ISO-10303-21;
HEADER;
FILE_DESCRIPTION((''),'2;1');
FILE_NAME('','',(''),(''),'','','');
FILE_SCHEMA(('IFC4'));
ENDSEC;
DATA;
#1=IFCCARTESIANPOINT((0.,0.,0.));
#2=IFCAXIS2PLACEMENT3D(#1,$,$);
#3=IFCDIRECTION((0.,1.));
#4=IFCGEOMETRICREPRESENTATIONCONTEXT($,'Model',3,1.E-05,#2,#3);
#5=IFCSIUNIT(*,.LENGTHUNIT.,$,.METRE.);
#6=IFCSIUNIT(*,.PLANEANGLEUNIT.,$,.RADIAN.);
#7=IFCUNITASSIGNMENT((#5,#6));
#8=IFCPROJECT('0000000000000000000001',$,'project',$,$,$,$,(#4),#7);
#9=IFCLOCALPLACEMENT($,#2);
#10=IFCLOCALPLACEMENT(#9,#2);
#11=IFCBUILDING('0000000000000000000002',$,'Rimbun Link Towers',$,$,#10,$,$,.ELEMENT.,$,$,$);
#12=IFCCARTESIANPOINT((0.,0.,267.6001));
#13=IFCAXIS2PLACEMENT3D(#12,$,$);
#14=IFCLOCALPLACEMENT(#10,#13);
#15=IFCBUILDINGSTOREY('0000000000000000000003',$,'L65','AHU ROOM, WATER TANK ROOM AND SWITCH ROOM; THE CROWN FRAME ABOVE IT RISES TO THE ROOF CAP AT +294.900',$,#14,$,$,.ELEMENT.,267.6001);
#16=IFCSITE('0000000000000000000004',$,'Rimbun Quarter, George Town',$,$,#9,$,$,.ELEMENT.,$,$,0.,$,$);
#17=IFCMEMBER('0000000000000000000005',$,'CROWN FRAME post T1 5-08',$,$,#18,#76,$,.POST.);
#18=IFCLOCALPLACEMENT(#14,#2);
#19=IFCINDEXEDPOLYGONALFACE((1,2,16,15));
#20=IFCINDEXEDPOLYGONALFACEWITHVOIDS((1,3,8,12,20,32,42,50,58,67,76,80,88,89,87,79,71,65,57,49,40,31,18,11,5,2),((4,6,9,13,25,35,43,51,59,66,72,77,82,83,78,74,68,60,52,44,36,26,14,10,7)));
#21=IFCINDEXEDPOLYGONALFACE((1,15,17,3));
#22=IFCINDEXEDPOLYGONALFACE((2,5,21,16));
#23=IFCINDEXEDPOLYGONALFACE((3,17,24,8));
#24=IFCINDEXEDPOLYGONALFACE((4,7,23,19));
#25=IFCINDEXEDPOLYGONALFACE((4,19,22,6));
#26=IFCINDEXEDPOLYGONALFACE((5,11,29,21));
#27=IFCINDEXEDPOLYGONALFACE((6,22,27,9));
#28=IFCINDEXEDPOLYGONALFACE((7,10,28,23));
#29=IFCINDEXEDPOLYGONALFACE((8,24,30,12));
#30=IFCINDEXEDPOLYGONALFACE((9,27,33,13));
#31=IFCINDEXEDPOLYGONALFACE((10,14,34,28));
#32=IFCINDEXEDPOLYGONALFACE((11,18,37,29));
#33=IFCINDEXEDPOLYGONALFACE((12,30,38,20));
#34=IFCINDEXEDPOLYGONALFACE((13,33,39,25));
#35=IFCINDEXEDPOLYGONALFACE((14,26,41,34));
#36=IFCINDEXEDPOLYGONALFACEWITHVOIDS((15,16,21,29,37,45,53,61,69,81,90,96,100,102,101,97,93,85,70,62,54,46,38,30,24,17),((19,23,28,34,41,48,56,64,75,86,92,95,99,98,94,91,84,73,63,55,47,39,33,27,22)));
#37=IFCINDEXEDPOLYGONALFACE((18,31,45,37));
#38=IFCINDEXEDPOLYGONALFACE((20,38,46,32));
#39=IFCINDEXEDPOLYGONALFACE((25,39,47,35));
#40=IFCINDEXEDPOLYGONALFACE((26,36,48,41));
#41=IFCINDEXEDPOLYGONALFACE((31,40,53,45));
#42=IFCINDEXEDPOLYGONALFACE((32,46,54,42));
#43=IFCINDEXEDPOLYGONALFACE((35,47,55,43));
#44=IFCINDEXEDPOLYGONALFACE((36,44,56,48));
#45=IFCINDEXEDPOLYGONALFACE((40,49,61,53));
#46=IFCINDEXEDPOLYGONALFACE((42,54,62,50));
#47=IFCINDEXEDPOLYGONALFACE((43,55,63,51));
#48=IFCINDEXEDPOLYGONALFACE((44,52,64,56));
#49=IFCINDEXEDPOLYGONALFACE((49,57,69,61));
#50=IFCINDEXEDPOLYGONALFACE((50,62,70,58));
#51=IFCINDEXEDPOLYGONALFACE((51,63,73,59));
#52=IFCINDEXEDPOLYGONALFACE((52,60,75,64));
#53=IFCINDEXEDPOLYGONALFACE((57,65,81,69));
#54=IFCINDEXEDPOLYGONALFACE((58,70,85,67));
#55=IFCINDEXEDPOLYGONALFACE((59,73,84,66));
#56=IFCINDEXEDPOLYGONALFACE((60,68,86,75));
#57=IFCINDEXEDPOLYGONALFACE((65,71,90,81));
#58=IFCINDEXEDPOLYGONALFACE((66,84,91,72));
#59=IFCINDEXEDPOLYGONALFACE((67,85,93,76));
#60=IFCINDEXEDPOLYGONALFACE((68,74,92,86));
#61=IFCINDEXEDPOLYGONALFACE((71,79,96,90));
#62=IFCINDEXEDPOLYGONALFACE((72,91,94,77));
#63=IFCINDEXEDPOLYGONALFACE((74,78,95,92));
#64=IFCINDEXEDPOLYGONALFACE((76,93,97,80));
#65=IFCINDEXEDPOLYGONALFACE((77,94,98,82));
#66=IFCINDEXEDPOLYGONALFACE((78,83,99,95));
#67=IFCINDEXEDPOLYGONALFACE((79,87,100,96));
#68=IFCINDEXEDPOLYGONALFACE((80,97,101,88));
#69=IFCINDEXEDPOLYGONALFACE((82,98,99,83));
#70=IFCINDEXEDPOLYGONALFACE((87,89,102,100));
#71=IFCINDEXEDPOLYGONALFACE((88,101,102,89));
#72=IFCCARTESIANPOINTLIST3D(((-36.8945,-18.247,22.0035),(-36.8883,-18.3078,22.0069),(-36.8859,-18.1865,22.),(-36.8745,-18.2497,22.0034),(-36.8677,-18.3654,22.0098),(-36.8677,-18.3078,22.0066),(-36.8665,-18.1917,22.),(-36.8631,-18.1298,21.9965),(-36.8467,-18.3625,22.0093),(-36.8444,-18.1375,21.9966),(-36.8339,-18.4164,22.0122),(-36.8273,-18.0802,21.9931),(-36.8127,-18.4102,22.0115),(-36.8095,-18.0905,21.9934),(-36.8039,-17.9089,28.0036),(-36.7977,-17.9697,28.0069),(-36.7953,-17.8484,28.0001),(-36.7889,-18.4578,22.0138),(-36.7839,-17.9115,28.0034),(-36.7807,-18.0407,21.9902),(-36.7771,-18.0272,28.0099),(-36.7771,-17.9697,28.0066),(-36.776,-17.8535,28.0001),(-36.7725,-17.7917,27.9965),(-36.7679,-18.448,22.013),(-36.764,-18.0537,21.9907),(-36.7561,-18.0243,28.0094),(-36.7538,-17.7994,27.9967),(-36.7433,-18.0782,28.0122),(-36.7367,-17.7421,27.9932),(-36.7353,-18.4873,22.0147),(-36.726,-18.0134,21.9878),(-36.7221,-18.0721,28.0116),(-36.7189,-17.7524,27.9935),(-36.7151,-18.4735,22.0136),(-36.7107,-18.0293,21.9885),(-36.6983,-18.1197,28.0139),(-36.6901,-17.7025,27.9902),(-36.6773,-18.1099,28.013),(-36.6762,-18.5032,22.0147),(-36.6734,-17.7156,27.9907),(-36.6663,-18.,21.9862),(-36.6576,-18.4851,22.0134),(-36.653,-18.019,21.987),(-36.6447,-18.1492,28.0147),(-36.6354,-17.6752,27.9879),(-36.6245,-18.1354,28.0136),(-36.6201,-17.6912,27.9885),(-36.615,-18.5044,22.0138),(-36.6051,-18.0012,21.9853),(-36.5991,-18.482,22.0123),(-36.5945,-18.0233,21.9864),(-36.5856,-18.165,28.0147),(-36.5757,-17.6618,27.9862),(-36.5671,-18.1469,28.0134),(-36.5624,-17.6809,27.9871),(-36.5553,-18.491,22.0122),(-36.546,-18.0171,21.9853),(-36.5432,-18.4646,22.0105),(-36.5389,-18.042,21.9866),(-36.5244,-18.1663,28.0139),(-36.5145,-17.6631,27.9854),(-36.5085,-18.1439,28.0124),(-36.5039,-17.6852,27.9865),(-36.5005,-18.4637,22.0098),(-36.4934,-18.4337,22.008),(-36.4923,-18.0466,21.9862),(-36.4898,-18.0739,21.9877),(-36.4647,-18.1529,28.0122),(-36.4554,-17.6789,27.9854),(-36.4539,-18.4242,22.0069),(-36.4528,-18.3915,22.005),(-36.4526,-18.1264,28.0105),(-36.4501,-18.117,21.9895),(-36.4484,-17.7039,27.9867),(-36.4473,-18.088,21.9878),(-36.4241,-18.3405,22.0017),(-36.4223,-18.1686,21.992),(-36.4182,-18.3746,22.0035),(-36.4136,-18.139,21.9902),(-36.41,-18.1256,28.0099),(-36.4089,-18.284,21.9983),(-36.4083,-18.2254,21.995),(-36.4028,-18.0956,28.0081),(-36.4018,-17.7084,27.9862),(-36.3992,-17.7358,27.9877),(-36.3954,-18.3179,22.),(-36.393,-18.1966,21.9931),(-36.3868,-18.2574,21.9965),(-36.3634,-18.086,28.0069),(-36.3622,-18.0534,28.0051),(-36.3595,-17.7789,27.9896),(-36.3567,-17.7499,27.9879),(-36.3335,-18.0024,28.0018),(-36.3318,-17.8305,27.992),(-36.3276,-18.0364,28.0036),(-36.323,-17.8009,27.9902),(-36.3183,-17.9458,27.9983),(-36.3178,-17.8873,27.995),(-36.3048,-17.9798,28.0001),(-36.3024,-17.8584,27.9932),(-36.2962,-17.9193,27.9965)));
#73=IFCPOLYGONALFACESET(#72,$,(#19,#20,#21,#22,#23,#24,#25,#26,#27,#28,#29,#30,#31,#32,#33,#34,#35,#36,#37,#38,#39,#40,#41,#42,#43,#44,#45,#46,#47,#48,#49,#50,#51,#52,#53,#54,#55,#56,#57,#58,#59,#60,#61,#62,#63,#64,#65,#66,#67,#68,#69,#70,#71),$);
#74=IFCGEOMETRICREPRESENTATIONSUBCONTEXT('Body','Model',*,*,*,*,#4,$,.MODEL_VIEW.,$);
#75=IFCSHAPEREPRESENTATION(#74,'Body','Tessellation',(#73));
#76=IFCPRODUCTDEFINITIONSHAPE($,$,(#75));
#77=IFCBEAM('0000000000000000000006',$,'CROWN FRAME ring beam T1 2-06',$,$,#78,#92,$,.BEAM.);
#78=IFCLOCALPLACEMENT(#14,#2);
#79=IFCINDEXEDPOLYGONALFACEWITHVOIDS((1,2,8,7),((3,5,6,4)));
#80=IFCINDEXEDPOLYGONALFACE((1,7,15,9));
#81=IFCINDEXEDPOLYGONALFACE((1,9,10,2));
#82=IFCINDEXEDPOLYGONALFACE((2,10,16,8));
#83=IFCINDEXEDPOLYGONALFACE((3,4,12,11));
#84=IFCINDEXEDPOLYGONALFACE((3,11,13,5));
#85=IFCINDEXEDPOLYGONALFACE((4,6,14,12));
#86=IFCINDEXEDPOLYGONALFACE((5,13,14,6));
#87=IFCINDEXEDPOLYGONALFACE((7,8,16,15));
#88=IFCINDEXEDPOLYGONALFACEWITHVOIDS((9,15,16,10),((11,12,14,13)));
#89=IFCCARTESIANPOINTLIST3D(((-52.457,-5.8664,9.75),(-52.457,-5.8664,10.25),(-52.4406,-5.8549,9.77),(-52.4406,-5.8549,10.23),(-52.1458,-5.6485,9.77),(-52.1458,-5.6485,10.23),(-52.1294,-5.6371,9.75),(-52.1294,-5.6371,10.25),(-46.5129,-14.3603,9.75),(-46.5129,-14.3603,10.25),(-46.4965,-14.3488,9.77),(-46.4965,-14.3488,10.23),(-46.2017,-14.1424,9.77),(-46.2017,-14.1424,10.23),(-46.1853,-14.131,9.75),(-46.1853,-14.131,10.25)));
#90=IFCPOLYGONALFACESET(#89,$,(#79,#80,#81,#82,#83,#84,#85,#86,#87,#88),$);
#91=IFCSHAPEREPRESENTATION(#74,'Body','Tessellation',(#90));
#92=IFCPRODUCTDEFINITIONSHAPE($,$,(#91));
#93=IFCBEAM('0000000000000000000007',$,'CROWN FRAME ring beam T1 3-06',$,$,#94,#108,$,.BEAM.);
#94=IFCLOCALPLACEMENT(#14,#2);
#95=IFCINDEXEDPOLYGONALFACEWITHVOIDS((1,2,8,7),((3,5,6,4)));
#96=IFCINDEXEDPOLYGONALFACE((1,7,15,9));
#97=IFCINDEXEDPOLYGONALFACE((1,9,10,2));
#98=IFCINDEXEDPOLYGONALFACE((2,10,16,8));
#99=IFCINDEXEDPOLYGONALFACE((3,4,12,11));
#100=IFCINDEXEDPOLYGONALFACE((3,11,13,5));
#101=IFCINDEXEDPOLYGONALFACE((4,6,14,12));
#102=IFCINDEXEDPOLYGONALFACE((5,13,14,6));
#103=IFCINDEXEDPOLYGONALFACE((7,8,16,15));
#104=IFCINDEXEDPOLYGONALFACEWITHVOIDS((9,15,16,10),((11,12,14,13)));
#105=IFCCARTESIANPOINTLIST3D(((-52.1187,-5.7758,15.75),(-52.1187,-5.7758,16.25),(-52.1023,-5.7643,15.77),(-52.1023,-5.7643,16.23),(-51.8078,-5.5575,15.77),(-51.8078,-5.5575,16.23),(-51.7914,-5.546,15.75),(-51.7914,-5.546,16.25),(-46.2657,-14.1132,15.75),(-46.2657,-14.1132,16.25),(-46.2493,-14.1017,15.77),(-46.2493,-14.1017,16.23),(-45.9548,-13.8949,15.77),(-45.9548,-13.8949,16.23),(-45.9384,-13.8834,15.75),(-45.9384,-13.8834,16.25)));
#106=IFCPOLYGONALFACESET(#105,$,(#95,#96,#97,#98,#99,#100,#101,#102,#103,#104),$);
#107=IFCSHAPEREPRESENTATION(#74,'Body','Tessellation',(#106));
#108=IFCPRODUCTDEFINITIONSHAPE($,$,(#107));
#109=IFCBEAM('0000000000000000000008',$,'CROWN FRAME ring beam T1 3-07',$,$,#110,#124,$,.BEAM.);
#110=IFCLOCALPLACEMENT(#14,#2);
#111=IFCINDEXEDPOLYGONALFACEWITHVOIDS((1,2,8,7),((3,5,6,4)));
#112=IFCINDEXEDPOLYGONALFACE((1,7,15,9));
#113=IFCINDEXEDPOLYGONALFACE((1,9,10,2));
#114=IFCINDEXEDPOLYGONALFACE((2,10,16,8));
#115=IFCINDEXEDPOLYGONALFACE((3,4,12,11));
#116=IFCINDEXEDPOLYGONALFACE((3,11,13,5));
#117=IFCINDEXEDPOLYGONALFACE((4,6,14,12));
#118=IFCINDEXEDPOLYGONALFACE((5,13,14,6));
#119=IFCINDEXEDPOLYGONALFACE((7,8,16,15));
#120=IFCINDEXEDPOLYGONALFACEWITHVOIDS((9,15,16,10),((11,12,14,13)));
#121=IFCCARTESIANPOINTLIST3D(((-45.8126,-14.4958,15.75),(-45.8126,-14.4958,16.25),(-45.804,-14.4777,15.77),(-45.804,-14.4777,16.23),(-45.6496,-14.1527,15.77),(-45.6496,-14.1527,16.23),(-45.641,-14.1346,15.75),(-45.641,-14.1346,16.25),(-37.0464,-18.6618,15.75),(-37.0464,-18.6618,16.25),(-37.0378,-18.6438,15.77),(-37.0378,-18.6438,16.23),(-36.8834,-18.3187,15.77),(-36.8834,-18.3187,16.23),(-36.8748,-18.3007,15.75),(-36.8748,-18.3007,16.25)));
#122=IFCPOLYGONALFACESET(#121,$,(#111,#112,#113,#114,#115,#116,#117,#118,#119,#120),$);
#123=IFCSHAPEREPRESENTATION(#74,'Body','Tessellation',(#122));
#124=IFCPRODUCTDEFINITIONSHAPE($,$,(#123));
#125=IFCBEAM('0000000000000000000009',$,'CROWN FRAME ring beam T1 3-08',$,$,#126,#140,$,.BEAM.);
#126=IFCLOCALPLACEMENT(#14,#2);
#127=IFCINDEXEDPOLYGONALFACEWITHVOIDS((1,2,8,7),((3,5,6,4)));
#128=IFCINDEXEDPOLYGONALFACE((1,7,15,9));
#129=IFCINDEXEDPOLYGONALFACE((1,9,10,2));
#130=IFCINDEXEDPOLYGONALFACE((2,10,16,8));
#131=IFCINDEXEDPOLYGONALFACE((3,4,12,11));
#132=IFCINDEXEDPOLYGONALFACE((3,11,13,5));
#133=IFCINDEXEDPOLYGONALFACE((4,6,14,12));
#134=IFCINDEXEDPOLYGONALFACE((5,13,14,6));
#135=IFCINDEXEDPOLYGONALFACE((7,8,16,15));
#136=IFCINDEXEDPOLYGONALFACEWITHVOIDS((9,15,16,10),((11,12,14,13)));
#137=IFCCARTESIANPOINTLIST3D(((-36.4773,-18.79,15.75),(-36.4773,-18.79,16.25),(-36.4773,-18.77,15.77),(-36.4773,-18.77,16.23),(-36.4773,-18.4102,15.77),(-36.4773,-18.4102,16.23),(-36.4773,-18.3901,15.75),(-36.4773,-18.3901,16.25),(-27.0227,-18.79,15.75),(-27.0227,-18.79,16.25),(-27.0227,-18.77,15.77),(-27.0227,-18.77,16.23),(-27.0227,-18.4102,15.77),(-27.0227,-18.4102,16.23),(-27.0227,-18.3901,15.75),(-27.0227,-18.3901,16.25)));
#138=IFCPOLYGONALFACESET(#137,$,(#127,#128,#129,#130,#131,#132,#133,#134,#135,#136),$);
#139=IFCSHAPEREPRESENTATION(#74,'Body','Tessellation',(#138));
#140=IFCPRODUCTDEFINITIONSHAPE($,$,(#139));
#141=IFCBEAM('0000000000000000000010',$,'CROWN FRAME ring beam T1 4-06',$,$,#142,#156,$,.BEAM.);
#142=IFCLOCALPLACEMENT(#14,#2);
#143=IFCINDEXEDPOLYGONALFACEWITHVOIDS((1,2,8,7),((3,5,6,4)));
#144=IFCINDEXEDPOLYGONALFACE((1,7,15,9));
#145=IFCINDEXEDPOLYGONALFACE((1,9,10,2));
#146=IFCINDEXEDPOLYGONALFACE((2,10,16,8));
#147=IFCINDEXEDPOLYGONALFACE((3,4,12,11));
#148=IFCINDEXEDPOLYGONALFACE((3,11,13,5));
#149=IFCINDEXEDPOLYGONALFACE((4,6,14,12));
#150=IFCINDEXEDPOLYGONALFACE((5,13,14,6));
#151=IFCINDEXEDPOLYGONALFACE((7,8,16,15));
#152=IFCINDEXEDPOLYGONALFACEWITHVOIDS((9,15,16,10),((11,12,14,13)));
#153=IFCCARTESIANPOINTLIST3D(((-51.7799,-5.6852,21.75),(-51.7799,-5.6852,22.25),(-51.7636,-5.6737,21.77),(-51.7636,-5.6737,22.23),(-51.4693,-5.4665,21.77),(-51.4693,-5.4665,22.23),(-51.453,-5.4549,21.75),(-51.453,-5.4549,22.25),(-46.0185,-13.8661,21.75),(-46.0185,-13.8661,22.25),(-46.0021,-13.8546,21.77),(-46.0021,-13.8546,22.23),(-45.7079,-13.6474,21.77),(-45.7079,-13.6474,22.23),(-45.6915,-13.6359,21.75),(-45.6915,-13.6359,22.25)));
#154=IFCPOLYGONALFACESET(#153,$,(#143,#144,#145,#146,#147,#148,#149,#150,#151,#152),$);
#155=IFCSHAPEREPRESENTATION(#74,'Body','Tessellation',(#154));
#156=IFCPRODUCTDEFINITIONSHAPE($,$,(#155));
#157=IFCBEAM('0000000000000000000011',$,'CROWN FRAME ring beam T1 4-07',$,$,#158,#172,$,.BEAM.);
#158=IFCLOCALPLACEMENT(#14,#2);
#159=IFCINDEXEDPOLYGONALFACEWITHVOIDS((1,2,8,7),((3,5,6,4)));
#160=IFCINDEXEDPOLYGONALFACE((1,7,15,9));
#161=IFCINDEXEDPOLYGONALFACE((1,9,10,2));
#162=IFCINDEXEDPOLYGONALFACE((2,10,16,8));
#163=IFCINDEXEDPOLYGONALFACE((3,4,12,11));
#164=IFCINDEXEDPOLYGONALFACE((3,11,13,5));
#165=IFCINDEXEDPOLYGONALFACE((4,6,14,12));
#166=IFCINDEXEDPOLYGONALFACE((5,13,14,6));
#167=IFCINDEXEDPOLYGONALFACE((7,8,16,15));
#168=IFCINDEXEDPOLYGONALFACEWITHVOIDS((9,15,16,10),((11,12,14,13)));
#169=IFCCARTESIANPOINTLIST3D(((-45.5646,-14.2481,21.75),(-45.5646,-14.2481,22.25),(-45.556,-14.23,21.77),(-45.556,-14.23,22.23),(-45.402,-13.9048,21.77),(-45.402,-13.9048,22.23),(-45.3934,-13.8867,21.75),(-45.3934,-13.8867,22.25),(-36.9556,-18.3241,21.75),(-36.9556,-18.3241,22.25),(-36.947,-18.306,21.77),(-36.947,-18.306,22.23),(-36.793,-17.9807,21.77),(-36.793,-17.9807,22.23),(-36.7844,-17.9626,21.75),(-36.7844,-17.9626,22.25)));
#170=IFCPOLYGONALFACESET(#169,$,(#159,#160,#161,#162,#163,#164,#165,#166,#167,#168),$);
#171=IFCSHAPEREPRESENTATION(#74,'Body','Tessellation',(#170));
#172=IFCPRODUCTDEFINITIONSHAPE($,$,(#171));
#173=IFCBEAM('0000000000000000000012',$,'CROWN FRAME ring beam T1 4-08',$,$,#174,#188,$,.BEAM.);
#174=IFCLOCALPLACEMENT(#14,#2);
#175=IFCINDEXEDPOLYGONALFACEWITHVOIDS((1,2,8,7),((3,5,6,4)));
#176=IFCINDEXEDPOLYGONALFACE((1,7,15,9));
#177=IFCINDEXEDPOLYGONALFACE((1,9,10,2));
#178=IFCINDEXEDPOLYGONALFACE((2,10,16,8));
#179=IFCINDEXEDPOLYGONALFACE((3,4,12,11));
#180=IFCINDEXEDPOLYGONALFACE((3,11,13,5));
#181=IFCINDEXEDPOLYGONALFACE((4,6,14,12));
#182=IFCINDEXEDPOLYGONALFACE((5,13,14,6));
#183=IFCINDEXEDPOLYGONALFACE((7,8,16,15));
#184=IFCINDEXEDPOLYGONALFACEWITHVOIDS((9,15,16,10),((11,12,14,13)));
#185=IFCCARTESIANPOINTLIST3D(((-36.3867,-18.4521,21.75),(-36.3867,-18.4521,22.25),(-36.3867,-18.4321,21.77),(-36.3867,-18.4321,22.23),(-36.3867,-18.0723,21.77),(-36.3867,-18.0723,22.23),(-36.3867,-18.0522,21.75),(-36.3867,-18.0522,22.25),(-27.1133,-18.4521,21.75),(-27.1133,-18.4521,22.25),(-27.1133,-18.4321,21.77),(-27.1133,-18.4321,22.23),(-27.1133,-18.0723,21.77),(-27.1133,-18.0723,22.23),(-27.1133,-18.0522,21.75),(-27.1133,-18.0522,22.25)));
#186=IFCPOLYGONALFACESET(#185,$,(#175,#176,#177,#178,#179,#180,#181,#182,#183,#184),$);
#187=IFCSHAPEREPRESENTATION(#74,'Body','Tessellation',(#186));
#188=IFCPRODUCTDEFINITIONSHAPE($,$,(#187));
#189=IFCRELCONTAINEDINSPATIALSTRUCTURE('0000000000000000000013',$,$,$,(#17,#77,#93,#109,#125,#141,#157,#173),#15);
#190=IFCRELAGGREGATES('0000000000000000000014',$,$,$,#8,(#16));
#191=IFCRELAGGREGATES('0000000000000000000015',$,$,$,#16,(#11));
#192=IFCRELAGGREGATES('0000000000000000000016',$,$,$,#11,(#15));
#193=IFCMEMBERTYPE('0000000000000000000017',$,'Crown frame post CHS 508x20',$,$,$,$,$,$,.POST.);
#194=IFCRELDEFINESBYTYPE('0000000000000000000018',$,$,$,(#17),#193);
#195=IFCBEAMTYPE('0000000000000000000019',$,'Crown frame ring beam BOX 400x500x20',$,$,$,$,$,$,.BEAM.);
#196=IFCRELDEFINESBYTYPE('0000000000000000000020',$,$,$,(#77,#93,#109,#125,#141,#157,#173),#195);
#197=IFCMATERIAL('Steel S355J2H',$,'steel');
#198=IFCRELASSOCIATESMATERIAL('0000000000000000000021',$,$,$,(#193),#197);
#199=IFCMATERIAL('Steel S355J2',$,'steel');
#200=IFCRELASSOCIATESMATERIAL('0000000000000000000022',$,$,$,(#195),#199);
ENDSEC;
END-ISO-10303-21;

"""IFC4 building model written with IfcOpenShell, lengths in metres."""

from ifc_helpers import new_model, si_unit, direction, frame, origin, origin_2d, place, context, subcontext, project, spatial, hollow_rectangle, hollow_circle, extrude, material, material_profile, profile_set, type_object, element, save


model = new_model("IFC4")

# Units and contexts
model_context = context("Model", 3, precision=1e-05, world=origin(), true_north=direction((0.0, 1.0)))
body_context = subcontext(model_context, "Body", "Model", "MODEL_VIEW")
ifc_project = project(units=[si_unit("LENGTHUNIT", "METRE"), si_unit("PLANEANGLEUNIT", "RADIAN")], contexts=[model_context])

# Site, building, storey
site_placement = place(None, origin())
site = spatial("IfcSite", under=ifc_project, at=site_placement, Name="Rimbun Quarter, George Town", CompositionType="ELEMENT", RefElevation=0.0)
building_placement = place(site_placement, origin())
building = spatial("IfcBuilding", under=site, at=building_placement, Name="Rimbun Link Towers", CompositionType="ELEMENT")
storey_placement = place(building_placement, frame((0.0, 0.0, 267.6001)))
storey = spatial("IfcBuildingStorey", under=building, at=storey_placement, Name="L65", Description="AHU ROOM, WATER TANK ROOM AND SWITCH ROOM; THE CROWN FRAME ABOVE IT RISES TO THE ROOF CAP AT +294.900", CompositionType="ELEMENT", Elevation=267.6001)

# Member
ifc_material_1 = material(Name="Steel S355J2H", Category="steel")
ifc_material_profile_1 = material_profile(ifc_material_1, hollow_circle(Radius=0.2539, WallThickness=0.02, at=origin_2d()), Name="Crown frame post CHS 508x20")
ifc_profile_set_1 = profile_set([ifc_material_profile_1], Name="Steel S355J2H")
member_type_1 = type_object("IfcMemberType", Name="Crown frame post CHS 508x20", PredefinedType="POST", material=ifc_profile_set_1)
for number, where, z_axis, x_axis, name in (
    (1, (-36.6406, -18.2522, 22.0), (0.01507, 0.05626, 0.998302), (-0.965945, 0.258748, 0.0), "CROWN FRAME post T1 5-08"),
):
    element("IfcMember", number, at=place(storey_placement, frame(where, z_axis=z_axis, x_axis=x_axis)), inside=storey, type_object=member_type_1, Name=name, PredefinedType="POST", context=body_context, shape_type="SweptSolid", body=[
        extrude(hollow_circle(Radius=0.2539, WallThickness=0.02, at=origin_2d()), origin(), (0.0, 0.0, 1.0), 6.0103),
    ])

# Beams
ifc_material_2 = material(Name="Steel S355J2", Category="steel")
ifc_material_profile_2 = material_profile(ifc_material_2, hollow_rectangle(XDim=0.3999, YDim=0.5, WallThickness=0.02, at=origin_2d()), Name="Crown frame ring beam BOX 400x500x20")
ifc_profile_set_2 = profile_set([ifc_material_profile_2], Name="Steel S355J2")
beam_type = type_object("IfcBeamType", Name="Crown frame ring beam BOX 400x500x20", PredefinedType="BEAM", material=ifc_profile_set_2)
beam_1_placement = place(storey_placement, frame((-52.2932, -5.7517, 10.0), z_axis=(0.573356, -0.819306, 0.0), x_axis=(0.819306, 0.573356, 0.0)))
element("IfcBeam", 2, at=beam_1_placement, inside=storey, type_object=beam_type, Name="CROWN FRAME ring beam T1 2-06", PredefinedType="BEAM", context=body_context, shape_type="SweptSolid", body=[
    extrude(hollow_rectangle(XDim=0.3999, YDim=0.5, WallThickness=0.02, at=origin_2d()), origin(), (0.0, 0.0, 1.0), 10.3672),
])
beam_2_placement = place(storey_placement, frame((-51.9551, -5.6609, 16.0), z_axis=(0.574572, -0.818454, 0.0), x_axis=(0.818454, 0.574572, 0.0)))
element("IfcBeam", 3, at=beam_2_placement, inside=storey, type_object=beam_type, Name="CROWN FRAME ring beam T1 3-06", PredefinedType="BEAM", context=body_context, shape_type="SweptSolid", body=[
    extrude(hollow_rectangle(XDim=0.3999, YDim=0.5, WallThickness=0.02, at=origin_2d()), origin(), (0.0, 0.0, 1.0), 10.1868),
])
beam_3_placement = place(storey_placement, frame((-45.7268, -14.3152, 16.0), z_axis=(0.903193, -0.429234, 0.0), x_axis=(0.429234, 0.903193, 0.0)))
element("IfcBeam", 4, at=beam_3_placement, inside=storey, type_object=beam_type, Name="CROWN FRAME ring beam T1 3-07", PredefinedType="BEAM", context=body_context, shape_type="SweptSolid", body=[
    extrude(hollow_rectangle(XDim=0.3999, YDim=0.5, WallThickness=0.02, at=origin_2d()), origin(), (0.0, 0.0, 1.0), 9.7058),
])
beam_4_placement = place(storey_placement, frame((-36.4773, -18.5901, 16.0), z_axis=(1.0, 0.0, 0.0), x_axis=(0.0, 1.0, 0.0)))
element("IfcBeam", 5, at=beam_4_placement, inside=storey, type_object=beam_type, Name="CROWN FRAME ring beam T1 3-08", PredefinedType="BEAM", context=body_context, shape_type="SweptSolid", body=[
    extrude(hollow_rectangle(XDim=0.3999, YDim=0.5, WallThickness=0.02, at=origin_2d()), origin(), (0.0, 0.0, 1.0), 9.4546),
])
beam_5_placement = place(storey_placement, frame((-51.6165, -5.5701, 22.0), z_axis=(0.575797, -0.817593, 0.0), x_axis=(0.817593, 0.575797, 0.0)))
element("IfcBeam", 6, at=beam_5_placement, inside=storey, type_object=beam_type, Name="CROWN FRAME ring beam T1 4-06", PredefinedType="BEAM", context=body_context, shape_type="SweptSolid", body=[
    extrude(hollow_rectangle(XDim=0.3999, YDim=0.5, WallThickness=0.02, at=origin_2d()), origin(), (0.0, 0.0, 1.0), 10.0061),
])
beam_6_placement = place(storey_placement, frame((-45.479, -14.0674, 22.0), z_axis=(0.903818, -0.427918, 0.0), x_axis=(0.427918, 0.903818, 0.0)))
element("IfcBeam", 7, at=beam_6_placement, inside=storey, type_object=beam_type, Name="CROWN FRAME ring beam T1 4-07", PredefinedType="BEAM", context=body_context, shape_type="SweptSolid", body=[
    extrude(hollow_rectangle(XDim=0.3999, YDim=0.5, WallThickness=0.02, at=origin_2d()), origin(), (0.0, 0.0, 1.0), 9.5251),
])
beam_7_placement = place(storey_placement, frame((-36.3867, -18.2522, 22.0), z_axis=(1.0, 0.0, 0.0), x_axis=(0.0, 1.0, 0.0)))
element("IfcBeam", 8, at=beam_7_placement, inside=storey, type_object=beam_type, Name="CROWN FRAME ring beam T1 4-08", PredefinedType="BEAM", context=body_context, shape_type="SweptSolid", body=[
    extrude(hollow_rectangle(XDim=0.3999, YDim=0.5, WallThickness=0.02, at=origin_2d()), origin(), (0.0, 0.0, 1.0), 9.2734),
])

save(model, "model.ifc")
